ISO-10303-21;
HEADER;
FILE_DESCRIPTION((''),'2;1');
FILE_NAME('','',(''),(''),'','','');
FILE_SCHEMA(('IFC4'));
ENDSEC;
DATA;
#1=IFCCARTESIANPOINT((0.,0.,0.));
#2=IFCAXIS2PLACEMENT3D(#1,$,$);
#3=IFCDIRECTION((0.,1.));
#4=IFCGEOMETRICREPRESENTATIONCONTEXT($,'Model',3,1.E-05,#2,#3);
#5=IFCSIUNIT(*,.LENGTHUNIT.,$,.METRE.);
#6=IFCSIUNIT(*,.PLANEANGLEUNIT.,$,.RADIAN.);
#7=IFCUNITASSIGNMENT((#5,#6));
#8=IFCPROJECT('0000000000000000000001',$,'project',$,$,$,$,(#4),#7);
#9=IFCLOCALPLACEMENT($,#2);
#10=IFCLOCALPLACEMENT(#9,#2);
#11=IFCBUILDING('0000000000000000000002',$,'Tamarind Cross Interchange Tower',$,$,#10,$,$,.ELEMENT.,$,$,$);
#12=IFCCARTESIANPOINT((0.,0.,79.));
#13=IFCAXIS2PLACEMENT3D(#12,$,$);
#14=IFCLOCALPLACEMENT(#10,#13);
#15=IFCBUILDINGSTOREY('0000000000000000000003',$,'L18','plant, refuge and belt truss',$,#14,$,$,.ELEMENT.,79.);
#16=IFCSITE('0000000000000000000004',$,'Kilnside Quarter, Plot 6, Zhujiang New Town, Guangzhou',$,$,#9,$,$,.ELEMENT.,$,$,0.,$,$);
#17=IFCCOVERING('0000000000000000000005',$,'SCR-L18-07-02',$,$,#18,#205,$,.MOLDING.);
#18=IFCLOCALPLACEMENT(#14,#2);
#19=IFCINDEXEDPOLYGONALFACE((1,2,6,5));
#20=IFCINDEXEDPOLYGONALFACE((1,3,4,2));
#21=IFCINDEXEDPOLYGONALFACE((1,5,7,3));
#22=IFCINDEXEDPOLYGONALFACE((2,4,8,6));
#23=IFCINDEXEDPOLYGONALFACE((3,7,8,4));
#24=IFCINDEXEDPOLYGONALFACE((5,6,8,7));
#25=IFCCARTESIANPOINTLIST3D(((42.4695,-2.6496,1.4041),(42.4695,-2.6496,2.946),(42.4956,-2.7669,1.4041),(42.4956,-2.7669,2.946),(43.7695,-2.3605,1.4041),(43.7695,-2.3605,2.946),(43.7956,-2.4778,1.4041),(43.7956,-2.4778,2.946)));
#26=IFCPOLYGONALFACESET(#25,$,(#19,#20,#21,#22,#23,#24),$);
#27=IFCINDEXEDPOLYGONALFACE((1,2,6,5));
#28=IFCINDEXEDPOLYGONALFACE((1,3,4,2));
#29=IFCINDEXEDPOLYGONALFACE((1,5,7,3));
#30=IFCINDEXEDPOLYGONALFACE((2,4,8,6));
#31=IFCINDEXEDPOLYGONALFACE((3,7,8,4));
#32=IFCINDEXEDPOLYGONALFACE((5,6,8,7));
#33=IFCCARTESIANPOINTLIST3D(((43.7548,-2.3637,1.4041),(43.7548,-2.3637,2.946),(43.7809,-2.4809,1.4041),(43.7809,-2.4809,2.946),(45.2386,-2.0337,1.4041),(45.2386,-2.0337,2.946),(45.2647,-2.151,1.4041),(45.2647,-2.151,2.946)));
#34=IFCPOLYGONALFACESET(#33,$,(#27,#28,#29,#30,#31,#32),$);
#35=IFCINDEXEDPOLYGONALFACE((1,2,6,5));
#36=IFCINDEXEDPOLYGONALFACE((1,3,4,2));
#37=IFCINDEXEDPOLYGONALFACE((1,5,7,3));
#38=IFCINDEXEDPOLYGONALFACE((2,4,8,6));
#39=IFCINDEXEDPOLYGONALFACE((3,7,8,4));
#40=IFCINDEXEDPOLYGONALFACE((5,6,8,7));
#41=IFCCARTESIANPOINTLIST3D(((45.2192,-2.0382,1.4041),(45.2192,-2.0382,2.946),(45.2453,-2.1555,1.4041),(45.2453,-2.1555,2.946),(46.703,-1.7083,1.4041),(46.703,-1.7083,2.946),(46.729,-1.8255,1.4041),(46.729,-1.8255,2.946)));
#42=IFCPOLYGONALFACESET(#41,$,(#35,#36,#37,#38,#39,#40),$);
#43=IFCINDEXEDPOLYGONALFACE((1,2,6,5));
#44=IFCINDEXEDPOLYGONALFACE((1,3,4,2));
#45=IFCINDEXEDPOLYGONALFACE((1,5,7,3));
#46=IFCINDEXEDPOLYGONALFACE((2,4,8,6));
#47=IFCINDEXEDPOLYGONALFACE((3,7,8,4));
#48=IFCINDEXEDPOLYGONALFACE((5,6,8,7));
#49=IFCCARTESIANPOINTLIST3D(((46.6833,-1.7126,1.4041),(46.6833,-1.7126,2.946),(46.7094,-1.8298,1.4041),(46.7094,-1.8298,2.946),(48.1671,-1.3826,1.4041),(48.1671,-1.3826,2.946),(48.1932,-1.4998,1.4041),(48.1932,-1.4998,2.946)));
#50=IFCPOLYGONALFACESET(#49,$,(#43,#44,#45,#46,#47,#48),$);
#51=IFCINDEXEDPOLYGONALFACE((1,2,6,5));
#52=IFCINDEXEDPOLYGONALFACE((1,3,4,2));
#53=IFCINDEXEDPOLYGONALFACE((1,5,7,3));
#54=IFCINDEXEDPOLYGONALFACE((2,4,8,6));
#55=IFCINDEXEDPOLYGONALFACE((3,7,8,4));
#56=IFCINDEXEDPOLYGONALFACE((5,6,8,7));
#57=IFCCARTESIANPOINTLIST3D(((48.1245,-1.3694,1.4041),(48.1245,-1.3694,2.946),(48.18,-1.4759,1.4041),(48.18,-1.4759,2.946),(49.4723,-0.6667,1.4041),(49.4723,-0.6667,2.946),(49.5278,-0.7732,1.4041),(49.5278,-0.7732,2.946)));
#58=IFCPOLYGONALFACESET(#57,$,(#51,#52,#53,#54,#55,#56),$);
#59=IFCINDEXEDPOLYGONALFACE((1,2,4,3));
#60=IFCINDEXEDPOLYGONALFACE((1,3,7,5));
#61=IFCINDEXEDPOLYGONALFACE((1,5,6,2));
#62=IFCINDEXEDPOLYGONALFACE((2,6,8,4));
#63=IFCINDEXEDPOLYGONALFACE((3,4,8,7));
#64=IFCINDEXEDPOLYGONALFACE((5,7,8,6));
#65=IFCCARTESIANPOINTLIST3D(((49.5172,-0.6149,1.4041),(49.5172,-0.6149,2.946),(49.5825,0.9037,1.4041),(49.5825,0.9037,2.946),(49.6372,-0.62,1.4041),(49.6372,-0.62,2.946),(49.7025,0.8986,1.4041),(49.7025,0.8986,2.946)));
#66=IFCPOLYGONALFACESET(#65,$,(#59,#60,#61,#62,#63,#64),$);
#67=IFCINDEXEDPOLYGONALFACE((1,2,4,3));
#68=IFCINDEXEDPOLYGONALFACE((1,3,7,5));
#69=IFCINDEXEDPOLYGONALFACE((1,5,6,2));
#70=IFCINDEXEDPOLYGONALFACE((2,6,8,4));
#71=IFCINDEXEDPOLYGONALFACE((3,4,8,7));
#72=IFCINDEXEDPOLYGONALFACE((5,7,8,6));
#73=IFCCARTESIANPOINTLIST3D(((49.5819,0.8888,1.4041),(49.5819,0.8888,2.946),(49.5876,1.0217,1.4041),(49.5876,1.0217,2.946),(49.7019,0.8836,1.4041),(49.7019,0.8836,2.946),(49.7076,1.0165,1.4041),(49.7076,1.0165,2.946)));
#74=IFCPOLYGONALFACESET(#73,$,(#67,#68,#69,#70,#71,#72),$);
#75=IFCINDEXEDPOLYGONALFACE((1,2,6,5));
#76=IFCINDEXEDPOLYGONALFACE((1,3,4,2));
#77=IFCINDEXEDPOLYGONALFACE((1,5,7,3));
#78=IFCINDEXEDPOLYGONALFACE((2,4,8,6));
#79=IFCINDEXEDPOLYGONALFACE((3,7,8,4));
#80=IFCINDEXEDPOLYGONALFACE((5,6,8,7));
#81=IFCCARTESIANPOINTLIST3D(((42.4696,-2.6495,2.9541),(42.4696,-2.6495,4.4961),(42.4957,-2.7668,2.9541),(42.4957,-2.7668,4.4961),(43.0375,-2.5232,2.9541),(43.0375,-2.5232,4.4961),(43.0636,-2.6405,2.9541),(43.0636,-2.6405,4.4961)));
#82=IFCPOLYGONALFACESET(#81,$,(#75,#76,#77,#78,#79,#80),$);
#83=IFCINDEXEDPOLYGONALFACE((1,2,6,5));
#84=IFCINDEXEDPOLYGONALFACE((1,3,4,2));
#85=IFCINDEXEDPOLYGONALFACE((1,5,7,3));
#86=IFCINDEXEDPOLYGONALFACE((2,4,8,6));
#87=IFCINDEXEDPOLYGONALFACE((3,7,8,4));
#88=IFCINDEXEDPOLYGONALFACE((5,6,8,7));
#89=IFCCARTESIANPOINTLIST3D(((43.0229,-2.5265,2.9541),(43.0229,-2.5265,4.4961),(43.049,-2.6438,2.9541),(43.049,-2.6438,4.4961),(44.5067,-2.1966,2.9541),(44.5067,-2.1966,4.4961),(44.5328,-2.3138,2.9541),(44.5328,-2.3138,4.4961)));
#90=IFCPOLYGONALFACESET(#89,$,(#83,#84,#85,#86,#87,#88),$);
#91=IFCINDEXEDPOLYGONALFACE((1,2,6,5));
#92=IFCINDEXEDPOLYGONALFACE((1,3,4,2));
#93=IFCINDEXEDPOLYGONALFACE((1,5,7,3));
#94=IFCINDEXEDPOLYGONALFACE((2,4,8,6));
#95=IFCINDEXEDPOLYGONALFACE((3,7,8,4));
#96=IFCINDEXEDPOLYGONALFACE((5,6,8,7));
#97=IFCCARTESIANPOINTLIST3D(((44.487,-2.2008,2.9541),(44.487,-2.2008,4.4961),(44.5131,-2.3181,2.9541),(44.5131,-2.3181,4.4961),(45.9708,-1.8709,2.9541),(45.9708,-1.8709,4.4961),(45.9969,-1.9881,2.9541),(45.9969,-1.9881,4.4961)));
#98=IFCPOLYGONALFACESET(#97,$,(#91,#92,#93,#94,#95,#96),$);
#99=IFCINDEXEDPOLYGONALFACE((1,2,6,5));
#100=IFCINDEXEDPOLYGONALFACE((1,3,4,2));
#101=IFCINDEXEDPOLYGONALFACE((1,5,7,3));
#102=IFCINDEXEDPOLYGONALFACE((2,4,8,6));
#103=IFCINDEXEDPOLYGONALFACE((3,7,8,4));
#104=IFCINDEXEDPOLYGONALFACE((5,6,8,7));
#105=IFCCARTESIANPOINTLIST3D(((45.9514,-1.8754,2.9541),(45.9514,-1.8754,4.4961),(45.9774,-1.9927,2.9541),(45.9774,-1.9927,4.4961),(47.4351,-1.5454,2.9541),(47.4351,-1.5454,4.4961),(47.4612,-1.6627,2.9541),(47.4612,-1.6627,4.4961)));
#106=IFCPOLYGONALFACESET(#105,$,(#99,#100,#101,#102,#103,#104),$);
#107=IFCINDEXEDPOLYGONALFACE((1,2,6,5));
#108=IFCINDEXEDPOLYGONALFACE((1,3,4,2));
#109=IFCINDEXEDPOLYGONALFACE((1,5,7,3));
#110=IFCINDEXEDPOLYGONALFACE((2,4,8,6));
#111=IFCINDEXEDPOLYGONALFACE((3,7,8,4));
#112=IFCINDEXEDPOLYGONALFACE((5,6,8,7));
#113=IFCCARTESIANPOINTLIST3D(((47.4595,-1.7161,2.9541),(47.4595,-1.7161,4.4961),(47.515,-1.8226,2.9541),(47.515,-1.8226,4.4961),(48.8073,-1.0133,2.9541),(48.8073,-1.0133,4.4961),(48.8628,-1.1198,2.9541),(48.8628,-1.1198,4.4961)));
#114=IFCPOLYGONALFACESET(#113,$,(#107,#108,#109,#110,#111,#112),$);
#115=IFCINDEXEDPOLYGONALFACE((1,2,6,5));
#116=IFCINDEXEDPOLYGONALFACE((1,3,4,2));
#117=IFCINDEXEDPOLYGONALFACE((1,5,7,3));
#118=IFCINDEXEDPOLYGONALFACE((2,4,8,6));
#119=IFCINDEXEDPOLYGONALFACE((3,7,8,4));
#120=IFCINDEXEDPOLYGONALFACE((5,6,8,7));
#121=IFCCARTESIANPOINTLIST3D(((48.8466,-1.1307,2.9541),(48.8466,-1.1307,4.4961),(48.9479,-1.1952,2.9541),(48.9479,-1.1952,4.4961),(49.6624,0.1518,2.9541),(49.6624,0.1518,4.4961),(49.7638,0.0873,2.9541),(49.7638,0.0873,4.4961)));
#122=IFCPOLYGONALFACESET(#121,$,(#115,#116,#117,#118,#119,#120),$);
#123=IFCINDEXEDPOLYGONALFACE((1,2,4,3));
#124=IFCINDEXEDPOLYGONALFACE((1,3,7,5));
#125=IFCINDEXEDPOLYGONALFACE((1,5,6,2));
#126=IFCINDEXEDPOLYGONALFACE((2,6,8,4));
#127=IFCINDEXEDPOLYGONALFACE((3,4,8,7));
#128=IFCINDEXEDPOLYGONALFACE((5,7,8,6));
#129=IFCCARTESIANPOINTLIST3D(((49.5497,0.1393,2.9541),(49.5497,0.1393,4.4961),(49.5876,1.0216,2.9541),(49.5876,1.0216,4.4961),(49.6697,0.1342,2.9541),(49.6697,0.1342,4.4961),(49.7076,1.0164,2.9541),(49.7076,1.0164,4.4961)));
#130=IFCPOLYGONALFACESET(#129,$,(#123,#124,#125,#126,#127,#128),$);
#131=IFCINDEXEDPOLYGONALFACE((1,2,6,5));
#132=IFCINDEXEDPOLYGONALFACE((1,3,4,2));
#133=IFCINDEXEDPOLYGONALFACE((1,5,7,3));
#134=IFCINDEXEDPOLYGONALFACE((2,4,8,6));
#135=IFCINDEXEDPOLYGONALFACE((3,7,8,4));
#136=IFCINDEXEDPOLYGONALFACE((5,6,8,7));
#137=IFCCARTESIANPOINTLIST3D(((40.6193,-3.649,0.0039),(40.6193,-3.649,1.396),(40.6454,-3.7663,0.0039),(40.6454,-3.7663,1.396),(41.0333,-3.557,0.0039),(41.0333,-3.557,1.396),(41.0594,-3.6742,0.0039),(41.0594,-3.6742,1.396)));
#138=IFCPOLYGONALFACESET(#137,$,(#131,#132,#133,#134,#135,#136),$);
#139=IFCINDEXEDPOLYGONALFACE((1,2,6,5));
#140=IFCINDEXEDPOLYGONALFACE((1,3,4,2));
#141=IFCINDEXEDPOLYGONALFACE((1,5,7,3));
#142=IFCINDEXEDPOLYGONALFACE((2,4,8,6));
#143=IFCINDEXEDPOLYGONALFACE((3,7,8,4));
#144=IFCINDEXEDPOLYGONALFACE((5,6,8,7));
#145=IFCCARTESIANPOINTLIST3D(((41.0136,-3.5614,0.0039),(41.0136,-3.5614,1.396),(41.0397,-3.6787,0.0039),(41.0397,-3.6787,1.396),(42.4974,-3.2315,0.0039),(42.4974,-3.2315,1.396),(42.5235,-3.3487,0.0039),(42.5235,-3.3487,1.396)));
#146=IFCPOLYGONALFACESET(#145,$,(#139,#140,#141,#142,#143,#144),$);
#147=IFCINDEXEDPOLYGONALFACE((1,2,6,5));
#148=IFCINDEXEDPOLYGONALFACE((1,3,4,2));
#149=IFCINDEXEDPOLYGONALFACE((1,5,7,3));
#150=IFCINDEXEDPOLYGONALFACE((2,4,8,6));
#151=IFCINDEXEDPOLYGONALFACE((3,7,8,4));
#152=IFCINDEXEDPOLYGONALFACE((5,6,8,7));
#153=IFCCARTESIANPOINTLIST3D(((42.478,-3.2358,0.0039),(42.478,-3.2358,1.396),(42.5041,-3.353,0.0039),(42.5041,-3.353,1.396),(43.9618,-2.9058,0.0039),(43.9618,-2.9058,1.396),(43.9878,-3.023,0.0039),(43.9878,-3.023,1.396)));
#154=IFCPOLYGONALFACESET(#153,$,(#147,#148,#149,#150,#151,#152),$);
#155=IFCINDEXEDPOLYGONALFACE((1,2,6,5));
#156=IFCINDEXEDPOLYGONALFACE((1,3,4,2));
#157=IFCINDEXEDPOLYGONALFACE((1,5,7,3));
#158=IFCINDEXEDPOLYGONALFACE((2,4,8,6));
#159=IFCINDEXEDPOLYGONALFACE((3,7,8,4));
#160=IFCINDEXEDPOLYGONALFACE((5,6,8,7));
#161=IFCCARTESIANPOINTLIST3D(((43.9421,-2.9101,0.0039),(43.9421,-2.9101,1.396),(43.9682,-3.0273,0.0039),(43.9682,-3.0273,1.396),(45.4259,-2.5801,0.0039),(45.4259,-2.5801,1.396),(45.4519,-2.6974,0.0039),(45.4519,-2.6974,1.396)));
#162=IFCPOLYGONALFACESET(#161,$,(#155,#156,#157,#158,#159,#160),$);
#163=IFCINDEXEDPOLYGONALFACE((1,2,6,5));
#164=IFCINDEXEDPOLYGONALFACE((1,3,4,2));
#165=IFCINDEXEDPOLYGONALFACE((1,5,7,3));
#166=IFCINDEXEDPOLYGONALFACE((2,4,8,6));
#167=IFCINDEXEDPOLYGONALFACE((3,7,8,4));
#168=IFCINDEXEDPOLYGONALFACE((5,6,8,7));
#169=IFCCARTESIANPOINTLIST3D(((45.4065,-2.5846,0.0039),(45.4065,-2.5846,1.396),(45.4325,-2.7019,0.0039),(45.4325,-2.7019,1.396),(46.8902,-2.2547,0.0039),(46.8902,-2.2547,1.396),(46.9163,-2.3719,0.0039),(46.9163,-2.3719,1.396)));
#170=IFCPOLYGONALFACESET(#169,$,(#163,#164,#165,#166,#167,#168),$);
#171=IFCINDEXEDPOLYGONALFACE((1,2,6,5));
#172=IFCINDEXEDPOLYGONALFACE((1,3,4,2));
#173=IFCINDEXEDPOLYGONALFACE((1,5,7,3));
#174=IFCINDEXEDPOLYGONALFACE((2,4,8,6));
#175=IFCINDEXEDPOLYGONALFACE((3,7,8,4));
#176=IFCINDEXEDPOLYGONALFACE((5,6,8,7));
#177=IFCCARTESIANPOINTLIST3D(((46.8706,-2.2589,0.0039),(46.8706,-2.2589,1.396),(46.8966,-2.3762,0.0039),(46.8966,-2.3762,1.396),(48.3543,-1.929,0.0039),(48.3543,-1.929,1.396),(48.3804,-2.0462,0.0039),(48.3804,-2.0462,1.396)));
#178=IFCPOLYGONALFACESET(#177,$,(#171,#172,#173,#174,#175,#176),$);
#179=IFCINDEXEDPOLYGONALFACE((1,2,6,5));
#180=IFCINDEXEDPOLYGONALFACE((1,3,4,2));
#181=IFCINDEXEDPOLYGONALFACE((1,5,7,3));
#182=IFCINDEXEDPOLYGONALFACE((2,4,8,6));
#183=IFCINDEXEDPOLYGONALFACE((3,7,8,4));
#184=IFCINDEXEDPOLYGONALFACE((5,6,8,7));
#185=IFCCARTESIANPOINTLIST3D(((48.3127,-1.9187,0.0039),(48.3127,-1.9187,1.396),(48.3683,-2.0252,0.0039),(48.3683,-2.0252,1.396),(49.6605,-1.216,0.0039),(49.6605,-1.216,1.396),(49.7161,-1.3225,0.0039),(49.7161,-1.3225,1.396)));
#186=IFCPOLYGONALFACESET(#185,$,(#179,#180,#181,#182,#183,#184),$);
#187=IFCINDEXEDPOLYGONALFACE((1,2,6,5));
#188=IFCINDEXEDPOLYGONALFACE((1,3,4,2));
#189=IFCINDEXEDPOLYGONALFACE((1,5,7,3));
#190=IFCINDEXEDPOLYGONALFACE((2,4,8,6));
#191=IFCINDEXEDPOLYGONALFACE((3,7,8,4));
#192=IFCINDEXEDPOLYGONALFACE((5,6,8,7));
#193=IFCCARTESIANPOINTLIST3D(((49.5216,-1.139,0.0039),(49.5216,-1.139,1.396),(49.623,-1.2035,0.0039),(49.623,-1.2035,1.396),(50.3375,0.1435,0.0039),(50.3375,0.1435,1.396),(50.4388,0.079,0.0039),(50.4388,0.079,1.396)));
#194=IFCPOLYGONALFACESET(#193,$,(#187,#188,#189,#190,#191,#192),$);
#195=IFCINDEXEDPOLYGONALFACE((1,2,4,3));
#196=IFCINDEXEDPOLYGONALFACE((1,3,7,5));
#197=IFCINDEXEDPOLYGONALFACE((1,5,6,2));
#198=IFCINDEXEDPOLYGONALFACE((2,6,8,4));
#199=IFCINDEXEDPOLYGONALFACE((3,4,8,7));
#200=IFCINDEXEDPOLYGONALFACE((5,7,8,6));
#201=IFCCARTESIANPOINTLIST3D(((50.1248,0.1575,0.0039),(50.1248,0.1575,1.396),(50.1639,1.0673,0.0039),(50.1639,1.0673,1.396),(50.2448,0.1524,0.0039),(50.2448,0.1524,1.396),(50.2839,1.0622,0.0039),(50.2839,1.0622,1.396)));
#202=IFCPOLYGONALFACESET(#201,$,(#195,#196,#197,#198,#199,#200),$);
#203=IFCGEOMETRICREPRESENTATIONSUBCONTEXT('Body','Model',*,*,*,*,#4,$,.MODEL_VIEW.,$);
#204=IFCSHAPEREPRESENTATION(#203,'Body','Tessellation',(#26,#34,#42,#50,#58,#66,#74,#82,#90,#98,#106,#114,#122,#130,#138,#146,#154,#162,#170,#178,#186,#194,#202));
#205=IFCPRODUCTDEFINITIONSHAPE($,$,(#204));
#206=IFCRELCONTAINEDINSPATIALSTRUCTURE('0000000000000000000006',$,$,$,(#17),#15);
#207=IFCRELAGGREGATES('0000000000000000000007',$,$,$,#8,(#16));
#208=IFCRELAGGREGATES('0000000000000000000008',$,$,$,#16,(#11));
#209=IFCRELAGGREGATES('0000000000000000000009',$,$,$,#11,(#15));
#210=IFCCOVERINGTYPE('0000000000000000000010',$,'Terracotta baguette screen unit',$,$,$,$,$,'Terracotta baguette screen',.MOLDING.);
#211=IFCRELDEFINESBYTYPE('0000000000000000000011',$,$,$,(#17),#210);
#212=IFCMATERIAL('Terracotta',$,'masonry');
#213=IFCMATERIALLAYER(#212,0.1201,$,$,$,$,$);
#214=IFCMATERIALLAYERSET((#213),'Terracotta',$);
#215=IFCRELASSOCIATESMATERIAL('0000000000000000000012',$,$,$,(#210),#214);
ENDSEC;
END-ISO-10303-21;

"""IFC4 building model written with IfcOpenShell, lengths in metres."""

from ifc_helpers import new_model, si_unit, direction, frame, origin, origin_2d, place, context, subcontext, project, spatial, rectangle, extrude, material, layer, layer_set, type_object, element, save


model = new_model("IFC4")

# Units and contexts
model_context = context("Model", 3, precision=1e-05, world=origin(), true_north=direction((0.0, 1.0)))
body_context = subcontext(model_context, "Body", "Model", "MODEL_VIEW")
ifc_project = project(units=[si_unit("LENGTHUNIT", "METRE"), si_unit("PLANEANGLEUNIT", "RADIAN")], contexts=[model_context])

# Site, building, storey
site_placement = place(None, origin())
site = spatial("IfcSite", under=ifc_project, at=site_placement, Name="Kilnside Quarter, Plot 6, Zhujiang New Town, Guangzhou", CompositionType="ELEMENT", RefElevation=0.0)
building_placement = place(site_placement, origin())
building = spatial("IfcBuilding", under=site, at=building_placement, Name="Tamarind Cross Interchange Tower", CompositionType="ELEMENT")
storey_placement = place(building_placement, frame((0.0, 0.0, 79.0)))
storey = spatial("IfcBuildingStorey", under=building, at=storey_placement, Name="L18", Description="plant, refuge and belt truss", CompositionType="ELEMENT", Elevation=79.0)

# Covering
ifc_material_1 = material(Name="Terracotta", Category="masonry")
ifc_layer_1 = layer(ifc_material_1, 0.1201)
ifc_layer_set_1 = layer_set([ifc_layer_1], Name="Terracotta")
covering_type = type_object("IfcCoveringType", Name="Terracotta baguette screen unit", ElementType="Terracotta baguette screen", PredefinedType="MOLDING", material=ifc_layer_set_1)
covering_1_placement = place(storey_placement, origin())
element("IfcCovering", 1, at=covering_1_placement, inside=storey, type_object=covering_type, Name="SCR-L18-07-02", PredefinedType="MOLDING", context=body_context, shape_type="SweptSolid", body=[
    extrude(rectangle(XDim=1.3318, YDim=0.1201, at=origin_2d()), frame((43.1326, -2.5637, 1.4041), z_axis=(0.0, 0.0, 1.0), x_axis=(0.976154, 0.21708, 0.0)), (0.0, 0.0, 1.0), 1.542),
    extrude(rectangle(XDim=1.52, YDim=0.1201, at=origin_2d()), frame((44.5098, -2.2573, 1.4041), z_axis=(0.0, 0.0, 1.0), x_axis=(0.976154, 0.21708, 0.0)), (0.0, 0.0, 1.0), 1.542),
    extrude(rectangle(XDim=1.52, YDim=0.1201, at=origin_2d()), frame((45.9741, -1.9319, 1.4041), z_axis=(0.0, 0.0, 1.0), x_axis=(0.976154, 0.21708, 0.0)), (0.0, 0.0, 1.0), 1.542),
    extrude(rectangle(XDim=1.52, YDim=0.1201, at=origin_2d()), frame((47.4382, -1.6062, 1.4041), z_axis=(0.0, 0.0, 1.0), x_axis=(0.976154, 0.21708, 0.0)), (0.0, 0.0, 1.0), 1.542),
    extrude(rectangle(XDim=1.52, YDim=0.1201, at=origin_2d()), frame((48.8262, -1.0713, 1.4041), z_axis=(0.0, 0.0, 1.0), x_axis=(0.886708, 0.462331, 0.0)), (0.0, 0.0, 1.0), 1.542),
    extrude(rectangle(XDim=1.52, YDim=0.1201, at=origin_2d()), frame((49.6099, 0.1418, 1.4041), z_axis=(0.0, 0.0, 1.0), x_axis=(0.042964, 0.999077, 0.0)), (0.0, 0.0, 1.0), 1.542),
    extrude(rectangle(XDim=0.1331, YDim=0.1201, at=origin_2d()), frame((49.6448, 0.9526, 1.4041), z_axis=(0.0, 0.0, 1.0), x_axis=(0.042964, 0.999077, 0.0)), (0.0, 0.0, 1.0), 1.542),
    extrude(rectangle(XDim=0.5818, YDim=0.1201, at=origin_2d()), frame((42.7666, -2.645, 2.9541), z_axis=(0.0, 0.0, 1.0), x_axis=(0.976154, 0.21708, 0.0)), (0.0, 0.0, 1.0), 1.542),
    extrude(rectangle(XDim=1.52, YDim=0.1201, at=origin_2d()), frame((43.7778, -2.4202, 2.9541), z_axis=(0.0, 0.0, 1.0), x_axis=(0.976154, 0.21708, 0.0)), (0.0, 0.0, 1.0), 1.542),
    extrude(rectangle(XDim=1.52, YDim=0.1201, at=origin_2d()), frame((45.2419, -2.0945, 2.9541), z_axis=(0.0, 0.0, 1.0), x_axis=(0.976154, 0.21708, 0.0)), (0.0, 0.0, 1.0), 1.542),
    extrude(rectangle(XDim=1.52, YDim=0.1201, at=origin_2d()), frame((46.7063, -1.769, 2.9541), z_axis=(0.0, 0.0, 1.0), x_axis=(0.976154, 0.21708, 0.0)), (0.0, 0.0, 1.0), 1.542),
    extrude(rectangle(XDim=1.52, YDim=0.1201, at=origin_2d()), frame((48.1611, -1.418, 2.9541), z_axis=(0.0, 0.0, 1.0), x_axis=(0.886708, 0.462331, 0.0)), (0.0, 0.0, 1.0), 1.542),
    extrude(rectangle(XDim=1.52, YDim=0.1201, at=origin_2d()), frame((49.3052, -0.5217, 2.9541), z_axis=(0.0, 0.0, 1.0), x_axis=(0.536746, 0.843744, 0.0)), (0.0, 0.0, 1.0), 1.542),
    extrude(rectangle(XDim=0.8831, YDim=0.1201, at=origin_2d()), frame((49.6287, 0.5779, 2.9541), z_axis=(0.0, 0.0, 1.0), x_axis=(0.042964, 0.999077, 0.0)), (0.0, 0.0, 1.0), 1.542),
    extrude(rectangle(XDim=0.4241, YDim=0.1201, at=origin_2d()), frame((40.8394, -3.6616, 0.0039), z_axis=(0.0, 0.0, 1.0), x_axis=(0.976154, 0.21708, 0.0)), (0.0, 0.0, 1.0), 1.3921),
    extrude(rectangle(XDim=1.52, YDim=0.1201, at=origin_2d()), frame((41.7686, -3.4551, 0.0039), z_axis=(0.0, 0.0, 1.0), x_axis=(0.976154, 0.21708, 0.0)), (0.0, 0.0, 1.0), 1.3921),
    extrude(rectangle(XDim=1.52, YDim=0.1201, at=origin_2d()), frame((43.2329, -3.1294, 0.0039), z_axis=(0.0, 0.0, 1.0), x_axis=(0.976154, 0.21708, 0.0)), (0.0, 0.0, 1.0), 1.3921),
    extrude(rectangle(XDim=1.52, YDim=0.1201, at=origin_2d()), frame((44.697, -2.8037, 0.0039), z_axis=(0.0, 0.0, 1.0), x_axis=(0.976154, 0.21708, 0.0)), (0.0, 0.0, 1.0), 1.3921),
    extrude(rectangle(XDim=1.52, YDim=0.1201, at=origin_2d()), frame((46.1614, -2.4783, 0.0039), z_axis=(0.0, 0.0, 1.0), x_axis=(0.976154, 0.21708, 0.0)), (0.0, 0.0, 1.0), 1.3921),
    extrude(rectangle(XDim=1.52, YDim=0.1201, at=origin_2d()), frame((47.6255, -2.1526, 0.0039), z_axis=(0.0, 0.0, 1.0), x_axis=(0.976154, 0.21708, 0.0)), (0.0, 0.0, 1.0), 1.3921),
    extrude(rectangle(XDim=1.52, YDim=0.1201, at=origin_2d()), frame((49.0144, -1.6206, 0.0039), z_axis=(0.0, 0.0, 1.0), x_axis=(0.886708, 0.462331, 0.0)), (0.0, 0.0, 1.0), 1.3921),
    extrude(rectangle(XDim=1.52, YDim=0.1201, at=origin_2d()), frame((49.9802, -0.53, 0.0039), z_axis=(0.0, 0.0, 1.0), x_axis=(0.536746, 0.843744, 0.0)), (0.0, 0.0, 1.0), 1.3921),
    extrude(rectangle(XDim=0.9106, YDim=0.1201, at=origin_2d()), frame((50.2043, 0.6099, 0.0039), z_axis=(0.0, 0.0, 1.0), x_axis=(0.042964, 0.999077, 0.0)), (0.0, 0.0, 1.0), 1.3921),
])

save(model, "model.ifc")
